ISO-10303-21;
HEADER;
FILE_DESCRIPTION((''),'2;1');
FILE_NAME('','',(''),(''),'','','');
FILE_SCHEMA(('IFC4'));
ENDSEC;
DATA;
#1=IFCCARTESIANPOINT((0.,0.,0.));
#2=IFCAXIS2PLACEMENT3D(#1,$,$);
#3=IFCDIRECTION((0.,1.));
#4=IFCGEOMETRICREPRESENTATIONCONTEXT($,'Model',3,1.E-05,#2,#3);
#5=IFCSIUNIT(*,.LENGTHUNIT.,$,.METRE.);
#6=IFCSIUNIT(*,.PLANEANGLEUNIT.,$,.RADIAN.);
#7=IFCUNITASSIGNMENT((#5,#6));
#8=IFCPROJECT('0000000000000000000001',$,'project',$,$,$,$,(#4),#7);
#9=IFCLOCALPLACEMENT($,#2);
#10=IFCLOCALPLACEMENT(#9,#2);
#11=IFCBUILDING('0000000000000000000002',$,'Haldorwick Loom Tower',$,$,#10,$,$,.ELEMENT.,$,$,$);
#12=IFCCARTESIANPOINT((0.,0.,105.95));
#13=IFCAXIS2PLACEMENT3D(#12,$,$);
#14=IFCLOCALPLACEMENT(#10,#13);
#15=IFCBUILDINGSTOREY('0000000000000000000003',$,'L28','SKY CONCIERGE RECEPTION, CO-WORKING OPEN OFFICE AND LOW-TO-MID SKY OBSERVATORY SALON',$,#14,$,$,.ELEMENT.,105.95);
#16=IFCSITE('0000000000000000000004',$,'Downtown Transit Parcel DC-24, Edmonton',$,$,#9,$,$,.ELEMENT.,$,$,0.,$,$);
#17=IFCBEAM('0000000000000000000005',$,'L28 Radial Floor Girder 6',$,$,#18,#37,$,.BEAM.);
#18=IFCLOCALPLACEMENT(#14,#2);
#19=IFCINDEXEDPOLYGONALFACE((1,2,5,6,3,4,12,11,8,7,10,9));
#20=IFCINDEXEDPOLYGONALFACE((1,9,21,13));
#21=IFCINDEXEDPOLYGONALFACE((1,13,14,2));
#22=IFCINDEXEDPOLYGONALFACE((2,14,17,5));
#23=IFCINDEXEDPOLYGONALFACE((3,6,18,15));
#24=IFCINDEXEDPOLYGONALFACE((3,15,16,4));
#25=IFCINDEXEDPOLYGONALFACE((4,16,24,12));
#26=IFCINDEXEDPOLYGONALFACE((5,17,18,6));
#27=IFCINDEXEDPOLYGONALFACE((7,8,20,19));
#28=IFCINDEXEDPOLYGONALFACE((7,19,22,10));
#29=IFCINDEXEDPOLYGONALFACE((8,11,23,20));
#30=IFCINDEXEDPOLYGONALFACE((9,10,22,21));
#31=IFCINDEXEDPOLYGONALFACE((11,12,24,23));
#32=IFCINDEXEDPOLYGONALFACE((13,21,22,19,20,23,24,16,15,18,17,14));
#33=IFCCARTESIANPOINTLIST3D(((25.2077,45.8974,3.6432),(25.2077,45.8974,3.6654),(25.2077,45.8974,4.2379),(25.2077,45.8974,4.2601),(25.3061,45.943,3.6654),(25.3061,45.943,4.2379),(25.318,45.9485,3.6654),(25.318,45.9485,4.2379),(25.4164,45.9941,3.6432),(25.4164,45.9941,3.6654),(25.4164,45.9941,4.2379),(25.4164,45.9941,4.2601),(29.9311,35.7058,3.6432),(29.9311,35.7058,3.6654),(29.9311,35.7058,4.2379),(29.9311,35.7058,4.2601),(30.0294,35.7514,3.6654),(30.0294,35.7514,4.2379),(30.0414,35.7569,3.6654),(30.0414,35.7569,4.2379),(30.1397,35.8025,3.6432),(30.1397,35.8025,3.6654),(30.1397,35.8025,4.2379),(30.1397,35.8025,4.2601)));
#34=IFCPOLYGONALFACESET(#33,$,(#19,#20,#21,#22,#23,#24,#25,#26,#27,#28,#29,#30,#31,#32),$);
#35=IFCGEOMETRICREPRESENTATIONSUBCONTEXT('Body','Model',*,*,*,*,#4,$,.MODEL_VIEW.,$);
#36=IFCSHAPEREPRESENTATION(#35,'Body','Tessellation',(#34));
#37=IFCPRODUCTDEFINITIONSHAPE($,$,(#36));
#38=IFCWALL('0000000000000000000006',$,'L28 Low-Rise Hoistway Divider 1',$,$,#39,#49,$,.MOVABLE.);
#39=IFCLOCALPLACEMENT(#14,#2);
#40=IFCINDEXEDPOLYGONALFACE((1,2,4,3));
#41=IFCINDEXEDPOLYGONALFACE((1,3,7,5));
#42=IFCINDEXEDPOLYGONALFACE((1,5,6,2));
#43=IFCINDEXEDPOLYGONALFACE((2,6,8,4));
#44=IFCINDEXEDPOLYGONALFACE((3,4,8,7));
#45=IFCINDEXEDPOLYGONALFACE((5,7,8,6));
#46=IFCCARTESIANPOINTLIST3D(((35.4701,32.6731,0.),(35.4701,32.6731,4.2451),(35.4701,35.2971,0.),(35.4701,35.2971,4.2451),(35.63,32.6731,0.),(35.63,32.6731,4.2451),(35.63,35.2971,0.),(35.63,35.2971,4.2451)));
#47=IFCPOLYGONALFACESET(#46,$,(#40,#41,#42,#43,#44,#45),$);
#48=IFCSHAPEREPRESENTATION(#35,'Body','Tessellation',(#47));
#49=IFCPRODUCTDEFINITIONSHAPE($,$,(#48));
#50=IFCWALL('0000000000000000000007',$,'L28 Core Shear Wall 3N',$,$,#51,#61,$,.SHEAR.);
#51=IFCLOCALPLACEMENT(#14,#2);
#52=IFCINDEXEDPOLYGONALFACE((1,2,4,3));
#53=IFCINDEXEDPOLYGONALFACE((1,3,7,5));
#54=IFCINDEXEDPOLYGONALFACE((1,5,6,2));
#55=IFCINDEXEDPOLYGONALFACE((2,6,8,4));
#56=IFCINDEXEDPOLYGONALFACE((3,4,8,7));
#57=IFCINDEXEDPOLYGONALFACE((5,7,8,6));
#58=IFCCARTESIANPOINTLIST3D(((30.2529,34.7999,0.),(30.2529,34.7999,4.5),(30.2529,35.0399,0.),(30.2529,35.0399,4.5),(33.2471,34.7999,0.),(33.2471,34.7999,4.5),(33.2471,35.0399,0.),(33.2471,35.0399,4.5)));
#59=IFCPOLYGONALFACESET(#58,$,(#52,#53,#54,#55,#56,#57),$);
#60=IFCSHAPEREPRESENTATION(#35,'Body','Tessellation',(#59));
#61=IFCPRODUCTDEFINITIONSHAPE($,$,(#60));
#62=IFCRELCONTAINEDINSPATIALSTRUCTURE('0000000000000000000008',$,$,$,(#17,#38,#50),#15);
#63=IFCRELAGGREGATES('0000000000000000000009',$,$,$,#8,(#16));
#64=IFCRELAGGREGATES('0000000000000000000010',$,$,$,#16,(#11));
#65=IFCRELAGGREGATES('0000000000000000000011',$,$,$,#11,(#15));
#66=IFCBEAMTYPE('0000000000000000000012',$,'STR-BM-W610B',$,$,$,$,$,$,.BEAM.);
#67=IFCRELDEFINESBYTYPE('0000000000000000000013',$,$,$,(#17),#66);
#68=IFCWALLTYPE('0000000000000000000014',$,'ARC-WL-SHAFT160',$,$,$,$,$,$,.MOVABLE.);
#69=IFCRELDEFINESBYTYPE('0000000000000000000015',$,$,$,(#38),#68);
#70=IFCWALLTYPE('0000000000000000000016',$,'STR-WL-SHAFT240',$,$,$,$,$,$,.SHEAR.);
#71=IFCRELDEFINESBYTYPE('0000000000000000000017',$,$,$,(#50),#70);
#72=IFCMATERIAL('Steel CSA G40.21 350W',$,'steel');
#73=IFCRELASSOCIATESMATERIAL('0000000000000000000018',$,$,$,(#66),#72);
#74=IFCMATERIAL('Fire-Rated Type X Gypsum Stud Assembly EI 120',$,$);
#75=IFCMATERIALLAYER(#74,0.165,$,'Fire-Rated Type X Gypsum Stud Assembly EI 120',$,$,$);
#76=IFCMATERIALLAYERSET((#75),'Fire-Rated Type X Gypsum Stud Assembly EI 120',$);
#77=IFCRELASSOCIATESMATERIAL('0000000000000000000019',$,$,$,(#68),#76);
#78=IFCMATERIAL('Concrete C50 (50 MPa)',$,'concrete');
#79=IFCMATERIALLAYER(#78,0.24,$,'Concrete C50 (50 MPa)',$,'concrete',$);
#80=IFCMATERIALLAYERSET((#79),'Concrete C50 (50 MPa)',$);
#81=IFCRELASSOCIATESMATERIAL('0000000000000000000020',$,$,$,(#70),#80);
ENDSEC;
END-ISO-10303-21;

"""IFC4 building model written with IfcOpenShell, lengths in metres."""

from ifc_helpers import new_model, si_unit, direction, frame, frame_2d, origin, origin_2d, place, context, subcontext, project, spatial, rectangle, i_section, extrude, material, layer, layer_set, material_profile, profile_set, type_object, element, save


model = new_model("IFC4")

# Units and contexts
model_context = context("Model", 3, precision=1e-05, world=origin(), true_north=direction((0.0, 1.0)))
body_context = subcontext(model_context, "Body", "Model", "MODEL_VIEW")
ifc_project = project(units=[si_unit("LENGTHUNIT", "METRE"), si_unit("PLANEANGLEUNIT", "RADIAN")], contexts=[model_context])

# Site, building, storey
site_placement = place(None, origin())
site = spatial("IfcSite", under=ifc_project, at=site_placement, Name="Downtown Transit Parcel DC-24, Edmonton", CompositionType="ELEMENT", RefElevation=0.0)
building_placement = place(site_placement, origin())
building = spatial("IfcBuilding", under=site, at=building_placement, Name="Haldorwick Loom Tower", CompositionType="ELEMENT")
storey_placement = place(building_placement, frame((0.0, 0.0, 105.95)))
storey = spatial("IfcBuildingStorey", under=building, at=storey_placement, Name="L28", Description="SKY CONCIERGE RECEPTION, CO-WORKING OPEN OFFICE AND LOW-TO-MID SKY OBSERVATORY SALON", CompositionType="ELEMENT", Elevation=105.95)

# Beam
ifc_material_1 = material(Name="Steel CSA G40.21 350W", Category="steel")
ifc_material_profile_1 = material_profile(ifc_material_1, i_section(OverallWidth=0.23, OverallDepth=0.6169, WebThickness=0.0132, FlangeThickness=0.0222, at=origin_2d()), Name="W610X140", Category="steel")
ifc_profile_set_1 = profile_set([ifc_material_profile_1], Name="Steel CSA G40.21 350W")
beam_type_1 = type_object("IfcBeamType", Name="STR-BM-W610B", PredefinedType="BEAM", material=ifc_profile_set_1)
beam_1_placement = place(storey_placement, frame((30.0354, 35.7542, 3.9517), z_axis=(-0.420492, 0.907296, 0.0), x_axis=(-0.907296, -0.420492, 0.0)))
element("IfcBeam", 1, at=beam_1_placement, inside=storey, type_object=beam_type_1, Name="L28 Radial Floor Girder 6", PredefinedType="BEAM", context=body_context, shape_type="SweptSolid", body=[
    extrude(i_section(OverallWidth=0.23, OverallDepth=0.6169, WebThickness=0.0132, FlangeThickness=0.0222, at=origin_2d()), origin(), (0.0, 0.0, 1.0), 11.2329),
])

# Walls
ifc_material_2 = material(Name="Fire-Rated Type X Gypsum Stud Assembly EI 120")
ifc_layer_1 = layer(ifc_material_2, 0.165, Name="Fire-Rated Type X Gypsum Stud Assembly EI 120")
ifc_layer_set_1 = layer_set([ifc_layer_1], Name="Fire-Rated Type X Gypsum Stud Assembly EI 120")
wall_type_1 = type_object("IfcWallType", Name="ARC-WL-SHAFT160", PredefinedType="MOVABLE", material=ifc_layer_set_1)
wall_1_placement = place(storey_placement, frame((35.55, 32.6731, 0.0), z_axis=(0.0, 0.0, 1.0), x_axis=(0.0, 1.0, 0.0)))
element("IfcWall", 2, at=wall_1_placement, inside=storey, type_object=wall_type_1, Name="L28 Low-Rise Hoistway Divider 1", PredefinedType="MOVABLE", context=body_context, shape_type="SweptSolid", body=[
    extrude(rectangle(XDim=2.624, YDim=0.1599, at=frame_2d((1.312, 0.0))), origin(), (0.0, 0.0, 1.0), 4.2451),
])
ifc_material_3 = material(Name="Concrete C50 (50 MPa)", Category="concrete")
ifc_layer_2 = layer(ifc_material_3, 0.24, Name="Concrete C50 (50 MPa)", Category="concrete")
ifc_layer_set_2 = layer_set([ifc_layer_2], Name="Concrete C50 (50 MPa)")
wall_type_2 = type_object("IfcWallType", Name="STR-WL-SHAFT240", PredefinedType="SHEAR", material=ifc_layer_set_2)
wall_2_placement = place(storey_placement, frame((30.2529, 34.9199, 0.0), z_axis=(0.0, 0.0, 1.0), x_axis=(1.0, 0.0, 0.0)))
element("IfcWall", 3, at=wall_2_placement, inside=storey, type_object=wall_type_2, Name="L28 Core Shear Wall 3N", PredefinedType="SHEAR", context=body_context, shape_type="SweptSolid", body=[
    extrude(rectangle(XDim=2.9941, YDim=0.24, at=frame_2d((1.4971, 0.0))), origin(), (0.0, 0.0, 1.0), 4.5),
])

save(model, "model.ifc")
